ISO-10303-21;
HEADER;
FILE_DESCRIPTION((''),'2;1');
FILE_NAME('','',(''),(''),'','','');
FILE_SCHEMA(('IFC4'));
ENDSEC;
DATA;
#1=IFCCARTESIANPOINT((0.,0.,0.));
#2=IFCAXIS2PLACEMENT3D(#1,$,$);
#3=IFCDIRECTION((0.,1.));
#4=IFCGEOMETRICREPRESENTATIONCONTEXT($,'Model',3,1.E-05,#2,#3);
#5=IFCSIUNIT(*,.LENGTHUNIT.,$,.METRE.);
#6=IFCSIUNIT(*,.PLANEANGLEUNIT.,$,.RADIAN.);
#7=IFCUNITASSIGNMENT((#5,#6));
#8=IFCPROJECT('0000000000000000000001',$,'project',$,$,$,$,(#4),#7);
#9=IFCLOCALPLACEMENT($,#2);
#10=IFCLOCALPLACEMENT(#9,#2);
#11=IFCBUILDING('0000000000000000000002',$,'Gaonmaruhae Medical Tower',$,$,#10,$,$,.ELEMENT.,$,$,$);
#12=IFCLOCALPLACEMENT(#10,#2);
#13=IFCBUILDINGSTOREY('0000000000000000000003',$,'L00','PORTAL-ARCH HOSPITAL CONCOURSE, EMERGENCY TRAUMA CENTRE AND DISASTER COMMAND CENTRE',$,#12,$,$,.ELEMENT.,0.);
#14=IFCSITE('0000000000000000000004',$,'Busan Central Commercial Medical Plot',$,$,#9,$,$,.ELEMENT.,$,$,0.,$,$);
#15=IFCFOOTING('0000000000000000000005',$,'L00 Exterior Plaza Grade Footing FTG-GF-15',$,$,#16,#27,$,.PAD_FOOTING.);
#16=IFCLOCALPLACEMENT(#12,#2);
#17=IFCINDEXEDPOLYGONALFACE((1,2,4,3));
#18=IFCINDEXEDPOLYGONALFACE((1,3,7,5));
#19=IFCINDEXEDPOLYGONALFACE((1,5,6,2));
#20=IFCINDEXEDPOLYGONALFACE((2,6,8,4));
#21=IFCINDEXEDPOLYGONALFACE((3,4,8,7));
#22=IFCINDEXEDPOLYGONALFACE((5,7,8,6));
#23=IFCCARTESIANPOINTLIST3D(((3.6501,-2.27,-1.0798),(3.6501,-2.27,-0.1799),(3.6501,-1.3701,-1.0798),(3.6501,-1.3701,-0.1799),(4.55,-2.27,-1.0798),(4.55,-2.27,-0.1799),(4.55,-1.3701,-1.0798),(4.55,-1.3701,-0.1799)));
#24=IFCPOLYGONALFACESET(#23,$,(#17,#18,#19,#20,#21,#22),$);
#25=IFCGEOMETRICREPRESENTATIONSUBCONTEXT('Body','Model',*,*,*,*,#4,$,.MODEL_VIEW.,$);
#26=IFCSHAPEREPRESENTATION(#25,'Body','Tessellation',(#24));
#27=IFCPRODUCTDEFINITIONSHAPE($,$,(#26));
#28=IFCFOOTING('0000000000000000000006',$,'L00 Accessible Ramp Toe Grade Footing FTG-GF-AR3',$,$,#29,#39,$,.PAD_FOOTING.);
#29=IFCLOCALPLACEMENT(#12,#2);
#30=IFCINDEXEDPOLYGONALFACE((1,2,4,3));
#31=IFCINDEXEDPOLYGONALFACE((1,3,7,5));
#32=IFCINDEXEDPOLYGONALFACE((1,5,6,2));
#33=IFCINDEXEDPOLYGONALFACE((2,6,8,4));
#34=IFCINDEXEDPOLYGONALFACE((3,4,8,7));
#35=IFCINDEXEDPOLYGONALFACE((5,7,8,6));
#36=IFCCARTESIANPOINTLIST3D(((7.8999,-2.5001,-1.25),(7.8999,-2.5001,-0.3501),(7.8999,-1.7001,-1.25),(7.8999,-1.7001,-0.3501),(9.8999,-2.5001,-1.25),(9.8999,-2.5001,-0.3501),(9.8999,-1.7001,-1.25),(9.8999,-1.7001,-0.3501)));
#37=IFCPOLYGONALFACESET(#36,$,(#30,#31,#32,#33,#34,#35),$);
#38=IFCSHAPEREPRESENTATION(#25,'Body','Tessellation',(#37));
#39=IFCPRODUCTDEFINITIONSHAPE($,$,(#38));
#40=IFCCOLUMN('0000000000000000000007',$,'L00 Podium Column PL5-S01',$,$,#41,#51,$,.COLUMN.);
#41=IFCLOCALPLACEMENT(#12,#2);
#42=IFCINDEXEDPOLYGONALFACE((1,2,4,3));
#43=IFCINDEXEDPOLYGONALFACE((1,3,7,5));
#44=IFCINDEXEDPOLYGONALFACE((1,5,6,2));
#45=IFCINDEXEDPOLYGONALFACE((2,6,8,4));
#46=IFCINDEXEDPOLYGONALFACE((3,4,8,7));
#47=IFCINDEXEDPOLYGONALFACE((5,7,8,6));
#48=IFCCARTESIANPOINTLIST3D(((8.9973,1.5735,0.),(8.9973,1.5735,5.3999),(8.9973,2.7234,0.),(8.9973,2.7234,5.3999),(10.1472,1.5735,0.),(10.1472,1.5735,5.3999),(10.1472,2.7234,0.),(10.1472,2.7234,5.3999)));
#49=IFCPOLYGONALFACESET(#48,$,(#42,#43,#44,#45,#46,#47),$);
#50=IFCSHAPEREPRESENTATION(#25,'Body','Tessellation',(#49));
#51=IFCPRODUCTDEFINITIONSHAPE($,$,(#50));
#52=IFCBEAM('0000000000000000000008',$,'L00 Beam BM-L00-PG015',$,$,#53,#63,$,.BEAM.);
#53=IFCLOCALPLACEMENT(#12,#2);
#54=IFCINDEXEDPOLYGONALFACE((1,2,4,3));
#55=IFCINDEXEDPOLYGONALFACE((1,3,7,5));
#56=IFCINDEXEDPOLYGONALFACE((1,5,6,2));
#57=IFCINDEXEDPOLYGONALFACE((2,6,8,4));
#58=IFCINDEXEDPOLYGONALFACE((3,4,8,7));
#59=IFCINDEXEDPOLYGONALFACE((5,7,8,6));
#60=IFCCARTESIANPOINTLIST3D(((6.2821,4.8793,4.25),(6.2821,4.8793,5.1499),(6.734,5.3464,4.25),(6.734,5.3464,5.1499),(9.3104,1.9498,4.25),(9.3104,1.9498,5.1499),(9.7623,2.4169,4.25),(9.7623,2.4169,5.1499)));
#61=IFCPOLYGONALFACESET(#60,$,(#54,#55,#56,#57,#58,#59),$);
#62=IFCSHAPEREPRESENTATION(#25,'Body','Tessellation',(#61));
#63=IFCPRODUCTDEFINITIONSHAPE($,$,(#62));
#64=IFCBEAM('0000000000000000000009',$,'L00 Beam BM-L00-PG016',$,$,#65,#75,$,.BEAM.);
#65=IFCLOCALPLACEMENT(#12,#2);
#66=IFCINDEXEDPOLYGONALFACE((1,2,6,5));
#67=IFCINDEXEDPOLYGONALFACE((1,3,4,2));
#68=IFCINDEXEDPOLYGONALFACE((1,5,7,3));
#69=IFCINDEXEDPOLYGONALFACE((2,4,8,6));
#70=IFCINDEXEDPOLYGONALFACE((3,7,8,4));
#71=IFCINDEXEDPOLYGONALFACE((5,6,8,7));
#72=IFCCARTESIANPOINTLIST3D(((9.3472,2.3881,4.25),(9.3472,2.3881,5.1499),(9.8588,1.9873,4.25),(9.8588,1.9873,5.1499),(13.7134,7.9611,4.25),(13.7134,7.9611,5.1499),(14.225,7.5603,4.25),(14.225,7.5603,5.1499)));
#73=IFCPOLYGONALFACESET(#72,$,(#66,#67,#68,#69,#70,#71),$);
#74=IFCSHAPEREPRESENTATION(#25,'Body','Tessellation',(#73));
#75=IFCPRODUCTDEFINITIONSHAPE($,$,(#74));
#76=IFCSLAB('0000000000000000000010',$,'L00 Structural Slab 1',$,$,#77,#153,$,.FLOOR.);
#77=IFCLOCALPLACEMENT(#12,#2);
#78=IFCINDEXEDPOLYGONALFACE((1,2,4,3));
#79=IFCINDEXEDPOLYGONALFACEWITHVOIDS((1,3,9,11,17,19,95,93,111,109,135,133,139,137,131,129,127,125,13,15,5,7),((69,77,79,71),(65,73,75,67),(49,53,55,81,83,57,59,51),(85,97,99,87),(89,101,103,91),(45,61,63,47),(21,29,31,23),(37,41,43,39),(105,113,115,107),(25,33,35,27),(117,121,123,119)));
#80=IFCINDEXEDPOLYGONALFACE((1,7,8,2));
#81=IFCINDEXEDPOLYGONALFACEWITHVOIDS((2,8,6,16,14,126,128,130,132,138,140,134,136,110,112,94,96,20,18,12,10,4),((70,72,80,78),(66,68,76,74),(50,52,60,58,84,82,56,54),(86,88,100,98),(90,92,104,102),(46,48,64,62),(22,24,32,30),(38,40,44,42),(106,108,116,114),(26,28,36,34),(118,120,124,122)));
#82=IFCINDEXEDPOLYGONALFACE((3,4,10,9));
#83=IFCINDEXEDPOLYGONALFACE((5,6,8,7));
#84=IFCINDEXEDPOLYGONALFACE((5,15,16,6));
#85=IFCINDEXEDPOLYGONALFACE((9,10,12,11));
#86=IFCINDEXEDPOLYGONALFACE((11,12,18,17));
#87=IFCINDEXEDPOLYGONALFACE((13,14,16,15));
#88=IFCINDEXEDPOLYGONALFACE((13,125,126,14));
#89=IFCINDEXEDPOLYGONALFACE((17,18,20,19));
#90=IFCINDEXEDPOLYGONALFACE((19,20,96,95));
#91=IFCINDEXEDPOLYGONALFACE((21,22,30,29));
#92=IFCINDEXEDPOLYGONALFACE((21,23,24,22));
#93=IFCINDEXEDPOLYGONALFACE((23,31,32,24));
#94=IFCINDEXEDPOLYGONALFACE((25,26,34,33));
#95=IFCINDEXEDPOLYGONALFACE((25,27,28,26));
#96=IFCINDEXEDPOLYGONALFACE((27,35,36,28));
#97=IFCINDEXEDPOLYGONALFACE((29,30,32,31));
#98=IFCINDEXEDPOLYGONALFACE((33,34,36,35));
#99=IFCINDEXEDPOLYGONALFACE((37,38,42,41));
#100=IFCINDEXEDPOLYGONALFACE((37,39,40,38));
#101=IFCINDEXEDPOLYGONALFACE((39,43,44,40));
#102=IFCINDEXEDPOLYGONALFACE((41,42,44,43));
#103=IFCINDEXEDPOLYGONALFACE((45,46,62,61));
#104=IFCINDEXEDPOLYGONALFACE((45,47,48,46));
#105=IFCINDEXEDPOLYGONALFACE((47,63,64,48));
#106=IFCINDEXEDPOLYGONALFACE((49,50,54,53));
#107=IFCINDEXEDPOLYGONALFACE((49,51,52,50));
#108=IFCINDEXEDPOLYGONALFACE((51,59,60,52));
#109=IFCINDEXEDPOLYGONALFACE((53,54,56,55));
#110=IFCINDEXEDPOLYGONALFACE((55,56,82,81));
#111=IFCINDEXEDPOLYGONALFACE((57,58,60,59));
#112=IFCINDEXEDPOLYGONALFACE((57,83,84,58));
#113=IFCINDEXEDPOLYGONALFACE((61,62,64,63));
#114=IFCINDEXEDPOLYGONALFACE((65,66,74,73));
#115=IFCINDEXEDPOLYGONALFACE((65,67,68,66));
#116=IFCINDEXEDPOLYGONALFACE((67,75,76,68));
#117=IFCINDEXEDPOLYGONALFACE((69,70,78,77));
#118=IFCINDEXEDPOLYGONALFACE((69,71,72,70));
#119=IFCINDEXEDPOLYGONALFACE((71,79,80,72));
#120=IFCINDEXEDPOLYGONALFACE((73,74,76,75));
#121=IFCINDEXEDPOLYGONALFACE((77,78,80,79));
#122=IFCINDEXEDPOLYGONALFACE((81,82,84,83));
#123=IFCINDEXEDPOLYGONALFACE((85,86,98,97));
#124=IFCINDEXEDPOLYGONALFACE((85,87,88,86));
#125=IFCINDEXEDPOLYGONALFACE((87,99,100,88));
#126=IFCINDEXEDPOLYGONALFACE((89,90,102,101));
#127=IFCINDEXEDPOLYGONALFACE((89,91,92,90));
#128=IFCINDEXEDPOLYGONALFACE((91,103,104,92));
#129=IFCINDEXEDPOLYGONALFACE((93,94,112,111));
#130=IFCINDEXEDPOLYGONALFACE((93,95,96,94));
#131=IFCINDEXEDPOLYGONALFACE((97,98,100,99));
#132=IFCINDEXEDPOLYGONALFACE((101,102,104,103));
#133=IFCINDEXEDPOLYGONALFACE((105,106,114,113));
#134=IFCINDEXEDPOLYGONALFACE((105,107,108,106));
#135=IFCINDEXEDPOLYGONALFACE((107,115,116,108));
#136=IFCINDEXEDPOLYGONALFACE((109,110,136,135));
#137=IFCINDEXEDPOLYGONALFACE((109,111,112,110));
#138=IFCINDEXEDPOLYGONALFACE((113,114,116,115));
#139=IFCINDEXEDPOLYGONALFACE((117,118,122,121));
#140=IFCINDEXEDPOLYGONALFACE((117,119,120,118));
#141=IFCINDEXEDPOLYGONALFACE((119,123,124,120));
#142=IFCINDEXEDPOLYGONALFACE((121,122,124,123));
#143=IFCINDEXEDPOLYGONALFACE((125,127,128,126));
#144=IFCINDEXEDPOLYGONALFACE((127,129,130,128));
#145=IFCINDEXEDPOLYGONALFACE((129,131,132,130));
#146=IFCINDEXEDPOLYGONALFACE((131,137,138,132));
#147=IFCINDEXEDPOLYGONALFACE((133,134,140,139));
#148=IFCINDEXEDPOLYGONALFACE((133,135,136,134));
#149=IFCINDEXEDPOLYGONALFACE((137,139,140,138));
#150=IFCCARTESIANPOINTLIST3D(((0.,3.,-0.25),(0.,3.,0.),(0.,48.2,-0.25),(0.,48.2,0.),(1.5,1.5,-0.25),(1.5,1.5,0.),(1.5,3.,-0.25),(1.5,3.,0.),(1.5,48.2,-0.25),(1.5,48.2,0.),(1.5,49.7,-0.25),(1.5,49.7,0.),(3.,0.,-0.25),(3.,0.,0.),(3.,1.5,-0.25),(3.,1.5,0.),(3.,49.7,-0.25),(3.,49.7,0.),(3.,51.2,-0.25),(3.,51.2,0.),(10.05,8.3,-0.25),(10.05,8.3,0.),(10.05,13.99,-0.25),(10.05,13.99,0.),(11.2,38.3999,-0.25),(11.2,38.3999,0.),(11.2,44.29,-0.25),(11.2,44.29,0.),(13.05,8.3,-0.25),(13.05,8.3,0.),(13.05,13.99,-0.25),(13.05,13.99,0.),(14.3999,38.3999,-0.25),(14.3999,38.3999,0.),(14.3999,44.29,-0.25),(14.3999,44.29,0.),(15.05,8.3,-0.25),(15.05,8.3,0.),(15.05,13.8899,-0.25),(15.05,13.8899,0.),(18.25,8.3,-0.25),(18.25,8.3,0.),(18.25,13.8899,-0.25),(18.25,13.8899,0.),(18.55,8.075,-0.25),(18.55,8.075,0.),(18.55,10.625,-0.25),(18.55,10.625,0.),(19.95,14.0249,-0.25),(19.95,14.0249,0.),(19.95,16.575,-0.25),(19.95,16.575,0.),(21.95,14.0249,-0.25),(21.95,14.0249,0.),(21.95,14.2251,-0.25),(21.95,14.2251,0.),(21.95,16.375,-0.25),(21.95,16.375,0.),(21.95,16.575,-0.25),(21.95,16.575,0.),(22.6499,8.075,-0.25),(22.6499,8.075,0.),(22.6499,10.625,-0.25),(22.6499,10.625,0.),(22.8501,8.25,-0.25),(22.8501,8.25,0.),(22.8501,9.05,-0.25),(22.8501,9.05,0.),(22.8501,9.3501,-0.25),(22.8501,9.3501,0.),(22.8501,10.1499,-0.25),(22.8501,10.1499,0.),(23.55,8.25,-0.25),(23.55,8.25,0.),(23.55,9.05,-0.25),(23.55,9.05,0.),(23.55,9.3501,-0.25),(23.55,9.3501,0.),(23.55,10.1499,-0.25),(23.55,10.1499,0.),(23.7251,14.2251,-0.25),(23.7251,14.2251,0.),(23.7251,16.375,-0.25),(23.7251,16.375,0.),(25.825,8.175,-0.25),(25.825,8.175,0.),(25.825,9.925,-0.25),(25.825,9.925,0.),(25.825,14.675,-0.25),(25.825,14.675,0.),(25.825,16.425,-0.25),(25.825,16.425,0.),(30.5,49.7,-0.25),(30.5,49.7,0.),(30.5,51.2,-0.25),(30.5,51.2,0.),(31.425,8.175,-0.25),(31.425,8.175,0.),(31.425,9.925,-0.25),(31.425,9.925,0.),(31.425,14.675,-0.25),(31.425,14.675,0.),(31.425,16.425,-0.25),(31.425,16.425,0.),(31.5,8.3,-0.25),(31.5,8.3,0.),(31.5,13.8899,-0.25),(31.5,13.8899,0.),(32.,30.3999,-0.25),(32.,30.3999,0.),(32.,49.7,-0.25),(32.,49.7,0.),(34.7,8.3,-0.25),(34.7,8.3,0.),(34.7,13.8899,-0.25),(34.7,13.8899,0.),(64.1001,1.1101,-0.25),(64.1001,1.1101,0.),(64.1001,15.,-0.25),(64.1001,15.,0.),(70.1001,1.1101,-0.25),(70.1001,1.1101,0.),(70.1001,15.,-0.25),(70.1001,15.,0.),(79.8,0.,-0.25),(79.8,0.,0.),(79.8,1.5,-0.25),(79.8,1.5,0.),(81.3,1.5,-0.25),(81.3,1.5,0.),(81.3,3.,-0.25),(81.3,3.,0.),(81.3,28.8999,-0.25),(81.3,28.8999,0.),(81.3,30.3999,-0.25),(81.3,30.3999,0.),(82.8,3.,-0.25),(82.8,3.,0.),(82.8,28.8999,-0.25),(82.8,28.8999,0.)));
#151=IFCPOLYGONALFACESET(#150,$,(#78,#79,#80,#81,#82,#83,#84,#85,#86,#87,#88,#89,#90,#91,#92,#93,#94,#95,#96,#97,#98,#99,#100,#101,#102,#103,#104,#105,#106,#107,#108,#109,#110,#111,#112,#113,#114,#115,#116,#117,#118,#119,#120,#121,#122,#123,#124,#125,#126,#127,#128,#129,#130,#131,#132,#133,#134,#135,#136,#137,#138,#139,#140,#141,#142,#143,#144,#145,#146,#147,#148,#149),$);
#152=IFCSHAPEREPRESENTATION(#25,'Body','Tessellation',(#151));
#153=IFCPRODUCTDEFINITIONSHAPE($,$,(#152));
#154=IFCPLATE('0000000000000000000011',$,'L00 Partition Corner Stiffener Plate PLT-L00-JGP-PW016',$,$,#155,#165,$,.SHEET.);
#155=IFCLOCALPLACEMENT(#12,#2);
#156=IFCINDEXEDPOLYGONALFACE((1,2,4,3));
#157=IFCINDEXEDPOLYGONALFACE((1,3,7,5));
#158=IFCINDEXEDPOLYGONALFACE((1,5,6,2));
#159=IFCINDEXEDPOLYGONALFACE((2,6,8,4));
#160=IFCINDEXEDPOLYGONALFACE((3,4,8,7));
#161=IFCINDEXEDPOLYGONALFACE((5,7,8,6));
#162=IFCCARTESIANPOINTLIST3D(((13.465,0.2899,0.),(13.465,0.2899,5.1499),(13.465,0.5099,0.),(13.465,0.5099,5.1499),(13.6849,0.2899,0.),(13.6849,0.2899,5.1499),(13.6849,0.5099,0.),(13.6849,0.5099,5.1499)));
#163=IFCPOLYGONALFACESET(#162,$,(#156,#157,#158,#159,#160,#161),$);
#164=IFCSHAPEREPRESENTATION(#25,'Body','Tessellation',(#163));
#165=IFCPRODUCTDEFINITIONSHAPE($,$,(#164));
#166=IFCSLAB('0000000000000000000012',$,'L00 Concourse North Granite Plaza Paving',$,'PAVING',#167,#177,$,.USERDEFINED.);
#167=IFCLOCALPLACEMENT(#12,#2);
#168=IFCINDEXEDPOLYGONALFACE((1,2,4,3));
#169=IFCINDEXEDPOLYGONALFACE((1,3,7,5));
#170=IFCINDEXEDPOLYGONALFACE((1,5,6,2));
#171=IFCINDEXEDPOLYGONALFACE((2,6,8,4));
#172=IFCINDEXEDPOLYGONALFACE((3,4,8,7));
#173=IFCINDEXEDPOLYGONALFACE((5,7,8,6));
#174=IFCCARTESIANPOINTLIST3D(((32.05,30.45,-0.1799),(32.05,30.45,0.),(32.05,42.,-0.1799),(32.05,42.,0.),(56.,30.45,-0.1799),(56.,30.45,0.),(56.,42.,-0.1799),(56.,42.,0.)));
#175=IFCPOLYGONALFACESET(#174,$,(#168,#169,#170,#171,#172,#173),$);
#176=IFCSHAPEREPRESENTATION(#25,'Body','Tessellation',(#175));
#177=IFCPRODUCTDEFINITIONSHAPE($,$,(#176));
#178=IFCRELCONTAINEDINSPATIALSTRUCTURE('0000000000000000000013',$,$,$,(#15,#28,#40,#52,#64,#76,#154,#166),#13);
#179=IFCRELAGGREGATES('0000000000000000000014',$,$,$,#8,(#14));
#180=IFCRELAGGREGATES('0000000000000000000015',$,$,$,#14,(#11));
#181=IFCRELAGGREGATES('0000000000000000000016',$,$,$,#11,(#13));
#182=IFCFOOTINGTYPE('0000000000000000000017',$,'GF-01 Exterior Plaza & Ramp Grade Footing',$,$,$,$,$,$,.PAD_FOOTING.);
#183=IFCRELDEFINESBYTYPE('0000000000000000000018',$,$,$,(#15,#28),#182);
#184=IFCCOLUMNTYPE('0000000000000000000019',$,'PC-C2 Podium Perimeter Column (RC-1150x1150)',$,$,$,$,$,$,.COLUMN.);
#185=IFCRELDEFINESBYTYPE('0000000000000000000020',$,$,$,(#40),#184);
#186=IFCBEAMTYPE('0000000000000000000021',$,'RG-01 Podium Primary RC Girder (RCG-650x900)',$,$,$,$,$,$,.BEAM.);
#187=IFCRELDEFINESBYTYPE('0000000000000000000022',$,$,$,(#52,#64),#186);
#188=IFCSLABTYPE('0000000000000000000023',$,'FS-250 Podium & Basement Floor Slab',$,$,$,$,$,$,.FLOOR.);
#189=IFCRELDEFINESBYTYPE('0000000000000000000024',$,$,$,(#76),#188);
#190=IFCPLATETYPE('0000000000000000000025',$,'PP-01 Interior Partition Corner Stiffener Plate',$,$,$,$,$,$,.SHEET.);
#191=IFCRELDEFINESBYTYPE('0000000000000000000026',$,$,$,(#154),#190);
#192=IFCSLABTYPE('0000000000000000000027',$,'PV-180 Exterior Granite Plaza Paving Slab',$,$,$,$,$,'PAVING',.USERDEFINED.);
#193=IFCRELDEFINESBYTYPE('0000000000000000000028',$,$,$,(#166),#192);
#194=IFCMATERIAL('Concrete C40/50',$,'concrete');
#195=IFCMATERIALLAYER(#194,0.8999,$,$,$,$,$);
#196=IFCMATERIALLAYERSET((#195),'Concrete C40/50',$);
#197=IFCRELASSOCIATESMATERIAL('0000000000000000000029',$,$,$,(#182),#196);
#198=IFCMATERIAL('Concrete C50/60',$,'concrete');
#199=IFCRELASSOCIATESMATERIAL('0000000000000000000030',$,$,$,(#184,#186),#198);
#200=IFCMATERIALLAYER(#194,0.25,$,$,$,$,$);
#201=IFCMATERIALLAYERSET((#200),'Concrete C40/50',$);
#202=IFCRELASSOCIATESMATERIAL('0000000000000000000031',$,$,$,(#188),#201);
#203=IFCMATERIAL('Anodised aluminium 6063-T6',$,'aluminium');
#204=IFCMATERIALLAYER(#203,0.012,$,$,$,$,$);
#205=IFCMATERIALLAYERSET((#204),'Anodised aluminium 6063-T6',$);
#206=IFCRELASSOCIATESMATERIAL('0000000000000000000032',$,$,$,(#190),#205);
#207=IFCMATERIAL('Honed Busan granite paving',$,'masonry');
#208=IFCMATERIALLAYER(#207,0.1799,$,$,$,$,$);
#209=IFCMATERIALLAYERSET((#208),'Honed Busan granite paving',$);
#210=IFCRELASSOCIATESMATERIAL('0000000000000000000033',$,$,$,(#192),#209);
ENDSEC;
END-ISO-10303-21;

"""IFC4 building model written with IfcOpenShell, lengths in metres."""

from ifc_helpers import new_model, si_unit, direction, frame, origin, origin_2d, place, context, subcontext, project, spatial, polyline, rectangle, outline, extrude, material, layer, layer_set, material_profile, profile_set, type_object, element, save


model = new_model("IFC4")

# Units and contexts
model_context = context("Model", 3, precision=1e-05, world=origin(), true_north=direction((0.0, 1.0)))
body_context = subcontext(model_context, "Body", "Model", "MODEL_VIEW")
ifc_project = project(units=[si_unit("LENGTHUNIT", "METRE"), si_unit("PLANEANGLEUNIT", "RADIAN")], contexts=[model_context])

# Site, building, storey
site_placement = place(None, origin())
site = spatial("IfcSite", under=ifc_project, at=site_placement, Name="Busan Central Commercial Medical Plot", CompositionType="ELEMENT", RefElevation=0.0)
building_placement = place(site_placement, origin())
building = spatial("IfcBuilding", under=site, at=building_placement, Name="Gaonmaruhae Medical Tower", CompositionType="ELEMENT")
storey_placement = place(building_placement, origin())
storey = spatial("IfcBuildingStorey", under=building, at=storey_placement, Name="L00", Description="PORTAL-ARCH HOSPITAL CONCOURSE, EMERGENCY TRAUMA CENTRE AND DISASTER COMMAND CENTRE", CompositionType="ELEMENT", Elevation=0.0)

# Footings
ifc_material_1 = material(Name="Concrete C40/50", Category="concrete")
ifc_layer_1 = layer(ifc_material_1, 0.8999)
ifc_layer_set_1 = layer_set([ifc_layer_1], Name="Concrete C40/50")
footing_type = type_object("IfcFootingType", Name="GF-01 Exterior Plaza & Ramp Grade Footing", PredefinedType="PAD_FOOTING", material=ifc_layer_set_1)
footing_1_placement = place(storey_placement, frame((4.1001, -1.8201, -1.0798), z_axis=(0.0, 0.0, 1.0), x_axis=(1.0, 0.0, 0.0)))
element("IfcFooting", 1, at=footing_1_placement, inside=storey, type_object=footing_type, Name="L00 Exterior Plaza Grade Footing FTG-GF-15", PredefinedType="PAD_FOOTING", context=body_context, shape_type="SweptSolid", body=[
    extrude(rectangle(XDim=0.8999, YDim=0.8999, at=origin_2d()), origin(), (0.0, 0.0, 1.0), 0.8999),
])
footing_2_placement = place(storey_placement, frame((8.8999, -2.1001, -1.25), z_axis=(0.0, 0.0, 1.0), x_axis=(1.0, 0.0, 0.0)))
element("IfcFooting", 2, at=footing_2_placement, inside=storey, type_object=footing_type, Name="L00 Accessible Ramp Toe Grade Footing FTG-GF-AR3", PredefinedType="PAD_FOOTING", context=body_context, shape_type="SweptSolid", body=[
    extrude(rectangle(XDim=2.0, YDim=0.8, at=origin_2d()), origin(), (0.0, 0.0, 1.0), 0.8999),
])

# Column
ifc_material_2 = material(Name="Concrete C50/60", Category="concrete")
ifc_material_profile_1 = material_profile(ifc_material_2, rectangle(XDim=1.1499, YDim=1.1499, at=origin_2d()), Name="RC-1150x1150")
ifc_profile_set_1 = profile_set([ifc_material_profile_1], Name="Concrete C50/60")
column_type = type_object("IfcColumnType", Name="PC-C2 Podium Perimeter Column (RC-1150x1150)", PredefinedType="COLUMN", material=ifc_profile_set_1)
column_placement = place(storey_placement, frame((9.5723, 2.1484, 0.0), z_axis=(0.0, 0.0, 1.0), x_axis=(1.0, 0.0, 0.0)))
element("IfcColumn", 3, at=column_placement, inside=storey, type_object=column_type, Name="L00 Podium Column PL5-S01", PredefinedType="COLUMN", context=body_context, shape_type="SweptSolid", body=[
    extrude(rectangle(XDim=1.1499, YDim=1.1499, at=origin_2d()), origin(), (0.0, 0.0, 1.0), 5.3999),
])

# Beams
ifc_material_profile_2 = material_profile(ifc_material_2, rectangle(XDim=0.6499, YDim=0.8999, at=origin_2d()), Name="RCG-650x900")
ifc_profile_set_2 = profile_set([ifc_material_profile_2], Name="Concrete C50/60")
beam_type = type_object("IfcBeamType", Name="RG-01 Podium Primary RC Girder (RCG-650x900)", PredefinedType="BEAM", material=ifc_profile_set_2)
beam_1_placement = place(storey_placement, frame((9.5364, 2.1833, 4.7), z_axis=(-0.718743, 0.695276, 0.0), x_axis=(-0.695276, -0.718743, 0.0)))
element("IfcBeam", 4, at=beam_1_placement, inside=storey, type_object=beam_type, Name="L00 Beam BM-L00-PG015", PredefinedType="BEAM", context=body_context, shape_type="SweptSolid", body=[
    extrude(rectangle(XDim=0.6499, YDim=0.8999, at=origin_2d()), origin(), (0.0, 0.0, 1.0), 4.2134),
])
beam_2_placement = place(storey_placement, frame((9.603, 2.1877, 4.7), z_axis=(0.616723, 0.78718, 0.0), x_axis=(-0.78718, 0.616723, 0.0)))
element("IfcBeam", 5, at=beam_2_placement, inside=storey, type_object=beam_type, Name="L00 Beam BM-L00-PG016", PredefinedType="BEAM", context=body_context, shape_type="SweptSolid", body=[
    extrude(rectangle(XDim=0.6499, YDim=0.8999, at=origin_2d()), origin(), (0.0, 0.0, 1.0), 7.0796),
])

# Slab
ifc_layer_2 = layer(ifc_material_1, 0.25)
ifc_layer_set_2 = layer_set([ifc_layer_2], Name="Concrete C40/50")
slab_type_1 = type_object("IfcSlabType", Name="FS-250 Podium & Basement Floor Slab", PredefinedType="FLOOR", material=ifc_layer_set_2)
slab_1_placement = place(storey_placement, frame((0.0, 0.0, -0.25)))
element("IfcSlab", 6, at=slab_1_placement, inside=storey, type_object=slab_type_1, Name="L00 Structural Slab 1", PredefinedType="FLOOR", context=body_context, shape_type="SweptSolid", body=[
    extrude(outline(polyline([(3.0, 0.0), (79.8, 0.0), (79.8, 1.5), (81.3, 1.5), (81.3, 3.0), (82.8, 3.0), (82.8, 28.8999), (81.3, 28.8999), (81.3, 30.3999), (32.0, 30.3999), (32.0, 49.7), (30.5, 49.7), (30.5, 51.2), (3.0, 51.2), (3.0, 49.7), (1.5, 49.7), (1.5, 48.2), (0.0, 48.2), (0.0, 3.0), (1.5, 3.0), (1.5, 1.5), (3.0, 1.5), (3.0, 0.0)]), holes=[polyline([(23.55, 8.25), (22.8501, 8.25), (22.8501, 9.05), (23.55, 9.05), (23.55, 8.25)]), polyline([(22.6499, 10.625), (22.6499, 8.075), (18.55, 8.075), (18.55, 10.625), (22.6499, 10.625)]), polyline([(15.05, 13.8899), (18.25, 13.8899), (18.25, 8.3), (15.05, 8.3), (15.05, 13.8899)]), polyline([(13.05, 13.99), (13.05, 8.3), (10.05, 8.3), (10.05, 13.99), (13.05, 13.99)]), polyline([(21.95, 14.0249), (19.95, 14.0249), (19.95, 16.575), (21.95, 16.575), (21.95, 16.375), (23.7251, 16.375), (23.7251, 14.2251), (21.95, 14.2251), (21.95, 14.0249)]), polyline([(11.2, 44.29), (14.3999, 44.29), (14.3999, 38.3999), (11.2, 38.3999), (11.2, 44.29)]), polyline([(64.1001, 1.1101), (64.1001, 15.0), (70.1001, 15.0), (70.1001, 1.1101), (64.1001, 1.1101)]), polyline([(31.425, 9.925), (31.425, 8.175), (25.825, 8.175), (25.825, 9.925), (31.425, 9.925)]), polyline([(23.55, 9.3501), (22.8501, 9.3501), (22.8501, 10.1499), (23.55, 10.1499), (23.55, 9.3501)]), polyline([(34.7, 13.8899), (34.7, 8.3), (31.5, 8.3), (31.5, 13.8899), (34.7, 13.8899)]), polyline([(31.425, 16.425), (31.425, 14.675), (25.825, 14.675), (25.825, 16.425), (31.425, 16.425)])]), origin(), (0.0, 0.0, 1.0), 0.25),
])

# Plate
ifc_material_3 = material(Name="Anodised aluminium 6063-T6", Category="aluminium")
ifc_layer_3 = layer(ifc_material_3, 0.012)
ifc_layer_set_3 = layer_set([ifc_layer_3], Name="Anodised aluminium 6063-T6")
plate_type = type_object("IfcPlateType", Name="PP-01 Interior Partition Corner Stiffener Plate", PredefinedType="SHEET", material=ifc_layer_set_3)
plate_placement = place(storey_placement, frame((13.575, 0.3999, 0.0), z_axis=(0.0, 0.0, 1.0), x_axis=(-1.0, 0.0, 0.0)))
element("IfcPlate", 7, at=plate_placement, inside=storey, type_object=plate_type, Name="L00 Partition Corner Stiffener Plate PLT-L00-JGP-PW016", PredefinedType="SHEET", context=body_context, shape_type="SweptSolid", body=[
    extrude(rectangle(XDim=0.22, YDim=0.22, at=origin_2d()), origin(), (0.0, 0.0, 1.0), 5.1499),
])

# Slab
ifc_material_4 = material(Name="Honed Busan granite paving", Category="masonry")
ifc_layer_4 = layer(ifc_material_4, 0.1799)
ifc_layer_set_4 = layer_set([ifc_layer_4], Name="Honed Busan granite paving")
slab_type_2 = type_object("IfcSlabType", Name="PV-180 Exterior Granite Plaza Paving Slab", ElementType="PAVING", PredefinedType="USERDEFINED", material=ifc_layer_set_4)
slab_2_placement = place(storey_placement, frame((0.0, 0.0, -0.1799)))
element("IfcSlab", 8, at=slab_2_placement, inside=storey, type_object=slab_type_2, Name="L00 Concourse North Granite Plaza Paving", ObjectType="PAVING", PredefinedType="USERDEFINED", context=body_context, shape_type="SweptSolid", body=[
    extrude(outline(polyline([(32.05, 42.0), (56.0, 42.0), (56.0, 30.45), (32.05, 30.45), (32.05, 42.0)])), origin(), (0.0, 0.0, 1.0), 0.1799),
])

save(model, "model.ifc")
